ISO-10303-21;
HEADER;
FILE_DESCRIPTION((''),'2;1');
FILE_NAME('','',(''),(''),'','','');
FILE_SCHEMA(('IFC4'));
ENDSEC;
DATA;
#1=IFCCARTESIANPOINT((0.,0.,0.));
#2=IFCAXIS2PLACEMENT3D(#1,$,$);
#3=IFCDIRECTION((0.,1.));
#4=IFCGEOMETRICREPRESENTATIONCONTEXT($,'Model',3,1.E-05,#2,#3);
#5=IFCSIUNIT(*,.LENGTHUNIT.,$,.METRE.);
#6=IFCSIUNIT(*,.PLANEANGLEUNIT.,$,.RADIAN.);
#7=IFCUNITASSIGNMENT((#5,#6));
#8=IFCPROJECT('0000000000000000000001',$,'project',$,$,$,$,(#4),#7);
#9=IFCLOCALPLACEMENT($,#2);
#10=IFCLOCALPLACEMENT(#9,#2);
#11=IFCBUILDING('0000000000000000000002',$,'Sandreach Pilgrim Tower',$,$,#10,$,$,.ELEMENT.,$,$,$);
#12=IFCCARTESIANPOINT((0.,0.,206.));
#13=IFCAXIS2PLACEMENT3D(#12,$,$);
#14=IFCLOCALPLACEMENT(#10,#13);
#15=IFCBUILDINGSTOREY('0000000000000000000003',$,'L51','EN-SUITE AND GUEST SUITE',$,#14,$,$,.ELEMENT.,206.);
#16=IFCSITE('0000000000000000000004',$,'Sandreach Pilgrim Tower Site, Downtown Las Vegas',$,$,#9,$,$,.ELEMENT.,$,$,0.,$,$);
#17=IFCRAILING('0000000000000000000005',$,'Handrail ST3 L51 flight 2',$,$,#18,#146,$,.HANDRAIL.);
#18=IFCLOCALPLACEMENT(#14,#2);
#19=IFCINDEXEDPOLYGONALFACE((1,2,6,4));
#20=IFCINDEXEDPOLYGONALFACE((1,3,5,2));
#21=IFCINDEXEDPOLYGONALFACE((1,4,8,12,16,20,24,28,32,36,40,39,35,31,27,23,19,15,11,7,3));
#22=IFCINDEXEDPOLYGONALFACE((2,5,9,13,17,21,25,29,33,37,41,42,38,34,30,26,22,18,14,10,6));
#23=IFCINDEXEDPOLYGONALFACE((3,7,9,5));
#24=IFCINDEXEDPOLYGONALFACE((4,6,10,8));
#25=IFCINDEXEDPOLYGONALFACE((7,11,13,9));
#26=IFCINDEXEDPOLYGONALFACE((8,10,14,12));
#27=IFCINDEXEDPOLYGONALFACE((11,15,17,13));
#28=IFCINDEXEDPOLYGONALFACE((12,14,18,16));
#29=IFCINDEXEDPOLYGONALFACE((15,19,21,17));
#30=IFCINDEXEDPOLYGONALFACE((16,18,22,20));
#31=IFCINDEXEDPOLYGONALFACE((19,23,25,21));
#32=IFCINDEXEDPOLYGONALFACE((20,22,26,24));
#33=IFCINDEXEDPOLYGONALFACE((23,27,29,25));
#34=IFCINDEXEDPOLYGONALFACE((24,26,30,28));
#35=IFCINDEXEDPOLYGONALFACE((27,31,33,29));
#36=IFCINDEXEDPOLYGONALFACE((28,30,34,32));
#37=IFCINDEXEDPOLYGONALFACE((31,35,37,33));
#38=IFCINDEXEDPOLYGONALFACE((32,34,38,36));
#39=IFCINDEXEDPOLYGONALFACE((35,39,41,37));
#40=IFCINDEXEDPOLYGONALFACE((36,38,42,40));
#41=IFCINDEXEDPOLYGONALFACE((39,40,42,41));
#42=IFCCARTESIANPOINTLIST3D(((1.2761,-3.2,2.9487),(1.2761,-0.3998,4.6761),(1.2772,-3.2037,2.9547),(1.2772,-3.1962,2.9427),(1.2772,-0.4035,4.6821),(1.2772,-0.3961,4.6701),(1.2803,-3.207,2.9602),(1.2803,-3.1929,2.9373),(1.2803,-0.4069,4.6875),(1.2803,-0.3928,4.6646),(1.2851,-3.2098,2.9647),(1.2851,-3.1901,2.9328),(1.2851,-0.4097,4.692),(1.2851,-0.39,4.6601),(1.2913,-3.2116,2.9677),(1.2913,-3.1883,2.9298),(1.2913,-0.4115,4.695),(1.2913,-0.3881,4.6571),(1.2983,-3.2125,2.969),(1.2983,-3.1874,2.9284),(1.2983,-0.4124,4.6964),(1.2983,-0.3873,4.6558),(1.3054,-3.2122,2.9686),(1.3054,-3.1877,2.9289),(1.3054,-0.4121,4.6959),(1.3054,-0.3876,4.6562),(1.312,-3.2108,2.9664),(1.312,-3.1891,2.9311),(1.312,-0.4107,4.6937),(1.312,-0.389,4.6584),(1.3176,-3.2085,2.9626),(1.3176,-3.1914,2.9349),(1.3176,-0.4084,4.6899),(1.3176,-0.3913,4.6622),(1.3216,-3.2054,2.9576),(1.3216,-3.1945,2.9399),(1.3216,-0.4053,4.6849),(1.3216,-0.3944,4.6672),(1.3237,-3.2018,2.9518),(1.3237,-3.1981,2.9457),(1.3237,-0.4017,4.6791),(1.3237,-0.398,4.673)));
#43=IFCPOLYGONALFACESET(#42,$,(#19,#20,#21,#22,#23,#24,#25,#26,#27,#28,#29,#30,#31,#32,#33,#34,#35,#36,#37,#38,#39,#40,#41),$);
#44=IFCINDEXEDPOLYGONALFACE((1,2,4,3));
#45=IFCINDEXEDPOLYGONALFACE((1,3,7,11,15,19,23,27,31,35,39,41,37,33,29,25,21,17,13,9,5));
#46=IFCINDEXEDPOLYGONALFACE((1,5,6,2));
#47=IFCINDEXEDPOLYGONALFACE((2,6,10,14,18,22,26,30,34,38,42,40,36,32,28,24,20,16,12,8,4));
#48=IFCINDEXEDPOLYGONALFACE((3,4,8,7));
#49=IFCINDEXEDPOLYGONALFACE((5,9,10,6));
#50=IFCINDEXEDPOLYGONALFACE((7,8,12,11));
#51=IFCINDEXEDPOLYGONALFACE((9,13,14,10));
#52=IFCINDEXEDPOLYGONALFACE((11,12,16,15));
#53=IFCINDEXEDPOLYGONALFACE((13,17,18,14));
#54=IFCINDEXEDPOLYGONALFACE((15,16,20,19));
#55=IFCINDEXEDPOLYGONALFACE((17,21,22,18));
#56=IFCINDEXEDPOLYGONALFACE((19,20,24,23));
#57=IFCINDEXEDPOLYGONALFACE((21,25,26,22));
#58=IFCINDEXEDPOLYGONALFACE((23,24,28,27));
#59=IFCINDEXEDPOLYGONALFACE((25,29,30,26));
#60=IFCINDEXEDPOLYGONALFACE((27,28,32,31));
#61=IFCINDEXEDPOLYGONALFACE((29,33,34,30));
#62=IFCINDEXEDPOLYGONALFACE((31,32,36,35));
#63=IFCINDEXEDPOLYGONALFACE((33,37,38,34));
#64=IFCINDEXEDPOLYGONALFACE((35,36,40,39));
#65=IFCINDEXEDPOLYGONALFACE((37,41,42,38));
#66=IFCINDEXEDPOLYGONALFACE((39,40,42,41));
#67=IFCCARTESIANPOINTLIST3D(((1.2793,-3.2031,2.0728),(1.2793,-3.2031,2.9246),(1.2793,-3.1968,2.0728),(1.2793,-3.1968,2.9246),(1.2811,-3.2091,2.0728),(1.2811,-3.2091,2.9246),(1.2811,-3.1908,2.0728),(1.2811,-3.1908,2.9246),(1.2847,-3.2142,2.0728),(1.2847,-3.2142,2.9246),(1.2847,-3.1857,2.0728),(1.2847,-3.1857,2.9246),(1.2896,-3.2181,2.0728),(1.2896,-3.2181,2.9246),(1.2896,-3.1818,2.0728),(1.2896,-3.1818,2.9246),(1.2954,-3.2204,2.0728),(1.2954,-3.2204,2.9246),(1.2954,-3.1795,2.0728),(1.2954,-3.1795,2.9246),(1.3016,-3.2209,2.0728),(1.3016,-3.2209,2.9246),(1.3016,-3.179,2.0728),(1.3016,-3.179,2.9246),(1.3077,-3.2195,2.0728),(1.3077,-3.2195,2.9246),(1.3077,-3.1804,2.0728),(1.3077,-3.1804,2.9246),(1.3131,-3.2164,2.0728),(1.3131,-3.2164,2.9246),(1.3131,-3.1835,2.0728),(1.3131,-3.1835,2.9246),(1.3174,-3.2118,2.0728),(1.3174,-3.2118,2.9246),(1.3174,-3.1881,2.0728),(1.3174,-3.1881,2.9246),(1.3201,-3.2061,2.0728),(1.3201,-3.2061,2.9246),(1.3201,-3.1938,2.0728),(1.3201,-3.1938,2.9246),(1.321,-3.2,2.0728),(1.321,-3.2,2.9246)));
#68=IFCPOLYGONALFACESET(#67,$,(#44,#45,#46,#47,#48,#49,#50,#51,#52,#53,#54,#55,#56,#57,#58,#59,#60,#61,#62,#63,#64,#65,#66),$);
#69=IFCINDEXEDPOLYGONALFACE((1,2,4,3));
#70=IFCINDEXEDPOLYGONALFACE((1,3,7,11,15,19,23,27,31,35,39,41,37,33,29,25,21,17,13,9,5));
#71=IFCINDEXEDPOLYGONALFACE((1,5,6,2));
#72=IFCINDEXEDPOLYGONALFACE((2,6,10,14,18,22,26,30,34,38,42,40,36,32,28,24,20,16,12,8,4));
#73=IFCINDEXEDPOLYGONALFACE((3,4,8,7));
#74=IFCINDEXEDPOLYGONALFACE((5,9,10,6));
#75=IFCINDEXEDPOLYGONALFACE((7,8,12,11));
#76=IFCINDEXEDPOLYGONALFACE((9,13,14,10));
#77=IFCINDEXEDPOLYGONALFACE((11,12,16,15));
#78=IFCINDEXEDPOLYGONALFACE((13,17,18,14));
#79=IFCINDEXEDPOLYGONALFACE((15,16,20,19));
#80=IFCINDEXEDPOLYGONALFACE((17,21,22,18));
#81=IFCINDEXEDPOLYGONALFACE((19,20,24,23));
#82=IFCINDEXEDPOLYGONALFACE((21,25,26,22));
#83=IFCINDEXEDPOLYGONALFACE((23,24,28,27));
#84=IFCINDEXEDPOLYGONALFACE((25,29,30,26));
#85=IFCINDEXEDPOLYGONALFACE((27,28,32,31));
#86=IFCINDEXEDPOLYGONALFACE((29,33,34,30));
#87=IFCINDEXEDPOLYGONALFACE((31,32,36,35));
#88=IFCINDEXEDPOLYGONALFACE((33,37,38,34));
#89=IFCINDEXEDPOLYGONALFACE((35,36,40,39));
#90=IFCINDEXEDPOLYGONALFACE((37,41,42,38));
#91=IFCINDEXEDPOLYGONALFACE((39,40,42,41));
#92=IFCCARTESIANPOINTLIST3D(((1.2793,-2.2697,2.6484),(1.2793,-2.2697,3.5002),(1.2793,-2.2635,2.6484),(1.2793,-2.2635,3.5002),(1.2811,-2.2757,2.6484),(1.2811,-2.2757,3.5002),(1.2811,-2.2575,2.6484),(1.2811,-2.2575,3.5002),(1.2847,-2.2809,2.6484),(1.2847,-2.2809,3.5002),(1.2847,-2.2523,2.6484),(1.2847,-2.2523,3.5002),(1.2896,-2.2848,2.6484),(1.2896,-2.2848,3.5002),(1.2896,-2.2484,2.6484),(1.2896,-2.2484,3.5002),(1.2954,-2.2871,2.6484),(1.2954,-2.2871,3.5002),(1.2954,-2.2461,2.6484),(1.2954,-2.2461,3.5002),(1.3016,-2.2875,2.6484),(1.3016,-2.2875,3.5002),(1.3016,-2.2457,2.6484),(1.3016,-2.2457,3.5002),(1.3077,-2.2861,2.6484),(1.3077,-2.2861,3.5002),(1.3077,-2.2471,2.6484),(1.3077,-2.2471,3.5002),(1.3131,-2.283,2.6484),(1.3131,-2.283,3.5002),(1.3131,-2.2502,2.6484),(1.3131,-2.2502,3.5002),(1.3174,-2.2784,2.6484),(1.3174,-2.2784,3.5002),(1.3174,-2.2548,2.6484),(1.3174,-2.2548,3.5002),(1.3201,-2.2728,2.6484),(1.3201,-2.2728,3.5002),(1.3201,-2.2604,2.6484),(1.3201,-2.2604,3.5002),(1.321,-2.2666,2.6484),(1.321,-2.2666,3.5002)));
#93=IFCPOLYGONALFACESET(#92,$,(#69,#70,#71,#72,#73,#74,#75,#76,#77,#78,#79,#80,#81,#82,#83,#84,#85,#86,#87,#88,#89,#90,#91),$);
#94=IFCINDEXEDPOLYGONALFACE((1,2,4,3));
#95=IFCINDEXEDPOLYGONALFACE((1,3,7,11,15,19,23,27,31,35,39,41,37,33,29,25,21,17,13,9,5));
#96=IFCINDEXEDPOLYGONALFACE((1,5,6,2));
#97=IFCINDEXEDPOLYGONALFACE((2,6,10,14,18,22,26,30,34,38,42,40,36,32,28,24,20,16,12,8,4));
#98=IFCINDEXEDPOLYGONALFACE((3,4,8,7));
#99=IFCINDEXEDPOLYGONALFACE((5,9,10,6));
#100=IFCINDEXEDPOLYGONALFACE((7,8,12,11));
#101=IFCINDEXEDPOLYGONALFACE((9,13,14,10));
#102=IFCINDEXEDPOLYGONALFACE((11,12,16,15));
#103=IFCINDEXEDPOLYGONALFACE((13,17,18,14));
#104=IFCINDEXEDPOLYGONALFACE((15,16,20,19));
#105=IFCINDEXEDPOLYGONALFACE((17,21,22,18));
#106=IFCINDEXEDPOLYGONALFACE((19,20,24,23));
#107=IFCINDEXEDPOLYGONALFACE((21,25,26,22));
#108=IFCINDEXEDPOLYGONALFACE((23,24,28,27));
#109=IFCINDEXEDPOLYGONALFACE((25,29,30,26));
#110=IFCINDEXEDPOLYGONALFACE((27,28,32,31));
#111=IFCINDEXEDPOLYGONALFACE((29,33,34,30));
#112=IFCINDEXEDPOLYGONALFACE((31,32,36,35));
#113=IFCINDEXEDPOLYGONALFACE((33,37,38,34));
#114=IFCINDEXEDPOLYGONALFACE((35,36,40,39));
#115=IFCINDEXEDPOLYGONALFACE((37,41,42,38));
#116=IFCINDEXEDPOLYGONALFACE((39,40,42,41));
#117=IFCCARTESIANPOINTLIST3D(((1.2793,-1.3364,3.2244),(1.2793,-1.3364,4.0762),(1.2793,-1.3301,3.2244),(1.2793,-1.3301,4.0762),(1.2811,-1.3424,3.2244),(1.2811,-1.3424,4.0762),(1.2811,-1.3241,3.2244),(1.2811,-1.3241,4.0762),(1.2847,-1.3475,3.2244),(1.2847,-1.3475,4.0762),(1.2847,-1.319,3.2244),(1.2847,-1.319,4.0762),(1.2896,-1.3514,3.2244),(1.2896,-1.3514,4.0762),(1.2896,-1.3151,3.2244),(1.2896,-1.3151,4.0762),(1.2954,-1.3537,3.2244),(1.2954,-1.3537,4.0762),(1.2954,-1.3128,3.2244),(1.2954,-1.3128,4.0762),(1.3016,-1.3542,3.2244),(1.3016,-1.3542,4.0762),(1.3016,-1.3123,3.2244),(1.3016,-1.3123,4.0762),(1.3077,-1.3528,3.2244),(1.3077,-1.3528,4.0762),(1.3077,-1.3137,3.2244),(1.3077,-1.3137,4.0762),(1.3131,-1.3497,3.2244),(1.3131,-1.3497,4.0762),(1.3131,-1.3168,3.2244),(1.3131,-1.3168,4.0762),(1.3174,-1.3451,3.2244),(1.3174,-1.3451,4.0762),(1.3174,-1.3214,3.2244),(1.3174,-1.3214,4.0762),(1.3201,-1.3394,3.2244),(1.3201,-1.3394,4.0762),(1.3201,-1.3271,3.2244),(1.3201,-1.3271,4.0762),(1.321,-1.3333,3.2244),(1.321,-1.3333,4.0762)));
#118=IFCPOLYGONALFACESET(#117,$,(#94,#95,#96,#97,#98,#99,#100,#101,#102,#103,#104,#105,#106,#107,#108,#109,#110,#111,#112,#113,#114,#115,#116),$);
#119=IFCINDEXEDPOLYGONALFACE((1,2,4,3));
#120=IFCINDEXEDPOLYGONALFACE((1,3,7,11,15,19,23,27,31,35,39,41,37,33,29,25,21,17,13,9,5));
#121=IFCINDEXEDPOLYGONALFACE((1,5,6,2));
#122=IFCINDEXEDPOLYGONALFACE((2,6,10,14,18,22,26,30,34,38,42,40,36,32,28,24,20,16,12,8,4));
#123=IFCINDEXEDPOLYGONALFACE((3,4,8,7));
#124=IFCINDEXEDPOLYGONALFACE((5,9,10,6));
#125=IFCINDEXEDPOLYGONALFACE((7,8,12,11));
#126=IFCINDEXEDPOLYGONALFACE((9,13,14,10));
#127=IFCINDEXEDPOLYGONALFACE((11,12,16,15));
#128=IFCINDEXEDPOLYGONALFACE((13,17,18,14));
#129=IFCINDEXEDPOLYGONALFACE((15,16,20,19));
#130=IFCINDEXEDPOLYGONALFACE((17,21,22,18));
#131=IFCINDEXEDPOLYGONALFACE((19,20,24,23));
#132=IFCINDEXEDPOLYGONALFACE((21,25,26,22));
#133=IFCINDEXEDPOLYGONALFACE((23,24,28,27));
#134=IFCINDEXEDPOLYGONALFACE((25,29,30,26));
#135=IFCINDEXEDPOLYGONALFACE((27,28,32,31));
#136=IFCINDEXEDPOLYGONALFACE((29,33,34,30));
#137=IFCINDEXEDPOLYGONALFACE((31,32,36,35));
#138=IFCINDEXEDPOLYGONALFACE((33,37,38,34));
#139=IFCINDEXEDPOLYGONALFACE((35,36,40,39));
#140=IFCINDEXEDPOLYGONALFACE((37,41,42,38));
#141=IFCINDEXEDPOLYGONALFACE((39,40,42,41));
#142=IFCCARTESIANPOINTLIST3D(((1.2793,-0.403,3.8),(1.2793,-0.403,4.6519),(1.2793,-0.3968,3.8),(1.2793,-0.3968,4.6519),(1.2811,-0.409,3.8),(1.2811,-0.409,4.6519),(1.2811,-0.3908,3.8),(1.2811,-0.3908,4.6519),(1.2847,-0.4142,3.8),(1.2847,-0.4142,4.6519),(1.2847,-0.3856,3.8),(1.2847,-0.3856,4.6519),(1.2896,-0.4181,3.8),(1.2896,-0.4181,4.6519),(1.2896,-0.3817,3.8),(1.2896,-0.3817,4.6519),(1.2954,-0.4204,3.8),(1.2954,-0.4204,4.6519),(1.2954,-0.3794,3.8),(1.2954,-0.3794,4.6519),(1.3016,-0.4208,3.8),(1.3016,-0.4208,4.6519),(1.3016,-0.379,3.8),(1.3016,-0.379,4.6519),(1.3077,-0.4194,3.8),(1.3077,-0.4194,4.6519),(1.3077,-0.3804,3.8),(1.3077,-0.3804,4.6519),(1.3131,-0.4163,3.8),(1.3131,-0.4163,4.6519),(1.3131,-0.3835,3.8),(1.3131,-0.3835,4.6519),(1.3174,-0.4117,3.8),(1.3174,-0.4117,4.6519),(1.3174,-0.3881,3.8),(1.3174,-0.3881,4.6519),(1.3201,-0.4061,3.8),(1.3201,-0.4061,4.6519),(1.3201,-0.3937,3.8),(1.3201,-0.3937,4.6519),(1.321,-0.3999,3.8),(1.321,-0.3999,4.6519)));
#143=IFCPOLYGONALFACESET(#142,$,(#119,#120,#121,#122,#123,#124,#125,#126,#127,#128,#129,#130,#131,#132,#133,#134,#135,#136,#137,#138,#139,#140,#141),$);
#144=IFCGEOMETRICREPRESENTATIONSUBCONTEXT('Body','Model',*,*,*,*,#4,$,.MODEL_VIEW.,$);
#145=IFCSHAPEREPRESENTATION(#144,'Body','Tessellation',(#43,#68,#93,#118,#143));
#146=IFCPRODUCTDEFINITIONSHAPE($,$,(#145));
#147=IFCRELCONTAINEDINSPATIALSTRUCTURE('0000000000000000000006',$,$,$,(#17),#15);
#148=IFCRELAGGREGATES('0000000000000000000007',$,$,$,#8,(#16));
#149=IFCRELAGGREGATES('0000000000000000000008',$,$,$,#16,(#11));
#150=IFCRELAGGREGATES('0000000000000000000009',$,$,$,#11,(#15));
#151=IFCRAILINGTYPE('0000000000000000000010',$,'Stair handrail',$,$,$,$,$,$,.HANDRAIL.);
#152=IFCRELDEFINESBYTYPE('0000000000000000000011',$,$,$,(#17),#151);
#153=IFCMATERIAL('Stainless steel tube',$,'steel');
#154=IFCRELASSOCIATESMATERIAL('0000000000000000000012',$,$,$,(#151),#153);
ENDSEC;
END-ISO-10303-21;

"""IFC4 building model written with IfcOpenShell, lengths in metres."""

from ifc_helpers import new_model, si_unit, direction, frame, origin, origin_2d, place, context, subcontext, project, spatial, circle, extrude, material, type_object, element, save


model = new_model("IFC4")

# Units and contexts
model_context = context("Model", 3, precision=1e-05, world=origin(), true_north=direction((0.0, 1.0)))
body_context = subcontext(model_context, "Body", "Model", "MODEL_VIEW")
ifc_project = project(units=[si_unit("LENGTHUNIT", "METRE"), si_unit("PLANEANGLEUNIT", "RADIAN")], contexts=[model_context])

# Site, building, storey
site_placement = place(None, origin())
site = spatial("IfcSite", under=ifc_project, at=site_placement, Name="Sandreach Pilgrim Tower Site, Downtown Las Vegas", CompositionType="ELEMENT", RefElevation=0.0)
building_placement = place(site_placement, origin())
building = spatial("IfcBuilding", under=site, at=building_placement, Name="Sandreach Pilgrim Tower", CompositionType="ELEMENT")
storey_placement = place(building_placement, frame((0.0, 0.0, 206.0)))
storey = spatial("IfcBuildingStorey", under=building, at=storey_placement, Name="L51", Description="EN-SUITE AND GUEST SUITE", CompositionType="ELEMENT", Elevation=206.0)

# Railing
ifc_material_1 = material(Name="Stainless steel tube", Category="steel")
railing_type = type_object("IfcRailingType", Name="Stair handrail", PredefinedType="HANDRAIL", material=ifc_material_1)
for number, where, name in (
    (1, (1.3, -3.2, 2.0728), "Handrail ST3 L51 flight 2"),
):
    element("IfcRailing", number, at=place(storey_placement, frame(where)), inside=storey, type_object=railing_type, Name=name, PredefinedType="HANDRAIL", context=body_context, shape_type="SweptSolid", body=[
        extrude(circle(Radius=0.0239, at=origin_2d()), frame((0.0, 0.0, 0.876), z_axis=(0.0, 0.85109, 0.52502), x_axis=(-1.0, 0.0, 0.0)), (0.0, 0.0, 1.0), 3.29),
        extrude(circle(Radius=0.021, at=origin_2d()), origin(), (0.0, 0.0, 1.0), 0.8518),
        extrude(circle(Radius=0.021, at=origin_2d()), frame((0.0, 0.9333, 0.5757)), (0.0, 0.0, 1.0), 0.8518),
        extrude(circle(Radius=0.021, at=origin_2d()), frame((0.0, 1.8667, 1.1516)), (0.0, 0.0, 1.0), 0.8518),
        extrude(circle(Radius=0.021, at=origin_2d()), frame((0.0, 2.8, 1.7273)), (0.0, 0.0, 1.0), 0.8518),
    ])

save(model, "model.ifc")
